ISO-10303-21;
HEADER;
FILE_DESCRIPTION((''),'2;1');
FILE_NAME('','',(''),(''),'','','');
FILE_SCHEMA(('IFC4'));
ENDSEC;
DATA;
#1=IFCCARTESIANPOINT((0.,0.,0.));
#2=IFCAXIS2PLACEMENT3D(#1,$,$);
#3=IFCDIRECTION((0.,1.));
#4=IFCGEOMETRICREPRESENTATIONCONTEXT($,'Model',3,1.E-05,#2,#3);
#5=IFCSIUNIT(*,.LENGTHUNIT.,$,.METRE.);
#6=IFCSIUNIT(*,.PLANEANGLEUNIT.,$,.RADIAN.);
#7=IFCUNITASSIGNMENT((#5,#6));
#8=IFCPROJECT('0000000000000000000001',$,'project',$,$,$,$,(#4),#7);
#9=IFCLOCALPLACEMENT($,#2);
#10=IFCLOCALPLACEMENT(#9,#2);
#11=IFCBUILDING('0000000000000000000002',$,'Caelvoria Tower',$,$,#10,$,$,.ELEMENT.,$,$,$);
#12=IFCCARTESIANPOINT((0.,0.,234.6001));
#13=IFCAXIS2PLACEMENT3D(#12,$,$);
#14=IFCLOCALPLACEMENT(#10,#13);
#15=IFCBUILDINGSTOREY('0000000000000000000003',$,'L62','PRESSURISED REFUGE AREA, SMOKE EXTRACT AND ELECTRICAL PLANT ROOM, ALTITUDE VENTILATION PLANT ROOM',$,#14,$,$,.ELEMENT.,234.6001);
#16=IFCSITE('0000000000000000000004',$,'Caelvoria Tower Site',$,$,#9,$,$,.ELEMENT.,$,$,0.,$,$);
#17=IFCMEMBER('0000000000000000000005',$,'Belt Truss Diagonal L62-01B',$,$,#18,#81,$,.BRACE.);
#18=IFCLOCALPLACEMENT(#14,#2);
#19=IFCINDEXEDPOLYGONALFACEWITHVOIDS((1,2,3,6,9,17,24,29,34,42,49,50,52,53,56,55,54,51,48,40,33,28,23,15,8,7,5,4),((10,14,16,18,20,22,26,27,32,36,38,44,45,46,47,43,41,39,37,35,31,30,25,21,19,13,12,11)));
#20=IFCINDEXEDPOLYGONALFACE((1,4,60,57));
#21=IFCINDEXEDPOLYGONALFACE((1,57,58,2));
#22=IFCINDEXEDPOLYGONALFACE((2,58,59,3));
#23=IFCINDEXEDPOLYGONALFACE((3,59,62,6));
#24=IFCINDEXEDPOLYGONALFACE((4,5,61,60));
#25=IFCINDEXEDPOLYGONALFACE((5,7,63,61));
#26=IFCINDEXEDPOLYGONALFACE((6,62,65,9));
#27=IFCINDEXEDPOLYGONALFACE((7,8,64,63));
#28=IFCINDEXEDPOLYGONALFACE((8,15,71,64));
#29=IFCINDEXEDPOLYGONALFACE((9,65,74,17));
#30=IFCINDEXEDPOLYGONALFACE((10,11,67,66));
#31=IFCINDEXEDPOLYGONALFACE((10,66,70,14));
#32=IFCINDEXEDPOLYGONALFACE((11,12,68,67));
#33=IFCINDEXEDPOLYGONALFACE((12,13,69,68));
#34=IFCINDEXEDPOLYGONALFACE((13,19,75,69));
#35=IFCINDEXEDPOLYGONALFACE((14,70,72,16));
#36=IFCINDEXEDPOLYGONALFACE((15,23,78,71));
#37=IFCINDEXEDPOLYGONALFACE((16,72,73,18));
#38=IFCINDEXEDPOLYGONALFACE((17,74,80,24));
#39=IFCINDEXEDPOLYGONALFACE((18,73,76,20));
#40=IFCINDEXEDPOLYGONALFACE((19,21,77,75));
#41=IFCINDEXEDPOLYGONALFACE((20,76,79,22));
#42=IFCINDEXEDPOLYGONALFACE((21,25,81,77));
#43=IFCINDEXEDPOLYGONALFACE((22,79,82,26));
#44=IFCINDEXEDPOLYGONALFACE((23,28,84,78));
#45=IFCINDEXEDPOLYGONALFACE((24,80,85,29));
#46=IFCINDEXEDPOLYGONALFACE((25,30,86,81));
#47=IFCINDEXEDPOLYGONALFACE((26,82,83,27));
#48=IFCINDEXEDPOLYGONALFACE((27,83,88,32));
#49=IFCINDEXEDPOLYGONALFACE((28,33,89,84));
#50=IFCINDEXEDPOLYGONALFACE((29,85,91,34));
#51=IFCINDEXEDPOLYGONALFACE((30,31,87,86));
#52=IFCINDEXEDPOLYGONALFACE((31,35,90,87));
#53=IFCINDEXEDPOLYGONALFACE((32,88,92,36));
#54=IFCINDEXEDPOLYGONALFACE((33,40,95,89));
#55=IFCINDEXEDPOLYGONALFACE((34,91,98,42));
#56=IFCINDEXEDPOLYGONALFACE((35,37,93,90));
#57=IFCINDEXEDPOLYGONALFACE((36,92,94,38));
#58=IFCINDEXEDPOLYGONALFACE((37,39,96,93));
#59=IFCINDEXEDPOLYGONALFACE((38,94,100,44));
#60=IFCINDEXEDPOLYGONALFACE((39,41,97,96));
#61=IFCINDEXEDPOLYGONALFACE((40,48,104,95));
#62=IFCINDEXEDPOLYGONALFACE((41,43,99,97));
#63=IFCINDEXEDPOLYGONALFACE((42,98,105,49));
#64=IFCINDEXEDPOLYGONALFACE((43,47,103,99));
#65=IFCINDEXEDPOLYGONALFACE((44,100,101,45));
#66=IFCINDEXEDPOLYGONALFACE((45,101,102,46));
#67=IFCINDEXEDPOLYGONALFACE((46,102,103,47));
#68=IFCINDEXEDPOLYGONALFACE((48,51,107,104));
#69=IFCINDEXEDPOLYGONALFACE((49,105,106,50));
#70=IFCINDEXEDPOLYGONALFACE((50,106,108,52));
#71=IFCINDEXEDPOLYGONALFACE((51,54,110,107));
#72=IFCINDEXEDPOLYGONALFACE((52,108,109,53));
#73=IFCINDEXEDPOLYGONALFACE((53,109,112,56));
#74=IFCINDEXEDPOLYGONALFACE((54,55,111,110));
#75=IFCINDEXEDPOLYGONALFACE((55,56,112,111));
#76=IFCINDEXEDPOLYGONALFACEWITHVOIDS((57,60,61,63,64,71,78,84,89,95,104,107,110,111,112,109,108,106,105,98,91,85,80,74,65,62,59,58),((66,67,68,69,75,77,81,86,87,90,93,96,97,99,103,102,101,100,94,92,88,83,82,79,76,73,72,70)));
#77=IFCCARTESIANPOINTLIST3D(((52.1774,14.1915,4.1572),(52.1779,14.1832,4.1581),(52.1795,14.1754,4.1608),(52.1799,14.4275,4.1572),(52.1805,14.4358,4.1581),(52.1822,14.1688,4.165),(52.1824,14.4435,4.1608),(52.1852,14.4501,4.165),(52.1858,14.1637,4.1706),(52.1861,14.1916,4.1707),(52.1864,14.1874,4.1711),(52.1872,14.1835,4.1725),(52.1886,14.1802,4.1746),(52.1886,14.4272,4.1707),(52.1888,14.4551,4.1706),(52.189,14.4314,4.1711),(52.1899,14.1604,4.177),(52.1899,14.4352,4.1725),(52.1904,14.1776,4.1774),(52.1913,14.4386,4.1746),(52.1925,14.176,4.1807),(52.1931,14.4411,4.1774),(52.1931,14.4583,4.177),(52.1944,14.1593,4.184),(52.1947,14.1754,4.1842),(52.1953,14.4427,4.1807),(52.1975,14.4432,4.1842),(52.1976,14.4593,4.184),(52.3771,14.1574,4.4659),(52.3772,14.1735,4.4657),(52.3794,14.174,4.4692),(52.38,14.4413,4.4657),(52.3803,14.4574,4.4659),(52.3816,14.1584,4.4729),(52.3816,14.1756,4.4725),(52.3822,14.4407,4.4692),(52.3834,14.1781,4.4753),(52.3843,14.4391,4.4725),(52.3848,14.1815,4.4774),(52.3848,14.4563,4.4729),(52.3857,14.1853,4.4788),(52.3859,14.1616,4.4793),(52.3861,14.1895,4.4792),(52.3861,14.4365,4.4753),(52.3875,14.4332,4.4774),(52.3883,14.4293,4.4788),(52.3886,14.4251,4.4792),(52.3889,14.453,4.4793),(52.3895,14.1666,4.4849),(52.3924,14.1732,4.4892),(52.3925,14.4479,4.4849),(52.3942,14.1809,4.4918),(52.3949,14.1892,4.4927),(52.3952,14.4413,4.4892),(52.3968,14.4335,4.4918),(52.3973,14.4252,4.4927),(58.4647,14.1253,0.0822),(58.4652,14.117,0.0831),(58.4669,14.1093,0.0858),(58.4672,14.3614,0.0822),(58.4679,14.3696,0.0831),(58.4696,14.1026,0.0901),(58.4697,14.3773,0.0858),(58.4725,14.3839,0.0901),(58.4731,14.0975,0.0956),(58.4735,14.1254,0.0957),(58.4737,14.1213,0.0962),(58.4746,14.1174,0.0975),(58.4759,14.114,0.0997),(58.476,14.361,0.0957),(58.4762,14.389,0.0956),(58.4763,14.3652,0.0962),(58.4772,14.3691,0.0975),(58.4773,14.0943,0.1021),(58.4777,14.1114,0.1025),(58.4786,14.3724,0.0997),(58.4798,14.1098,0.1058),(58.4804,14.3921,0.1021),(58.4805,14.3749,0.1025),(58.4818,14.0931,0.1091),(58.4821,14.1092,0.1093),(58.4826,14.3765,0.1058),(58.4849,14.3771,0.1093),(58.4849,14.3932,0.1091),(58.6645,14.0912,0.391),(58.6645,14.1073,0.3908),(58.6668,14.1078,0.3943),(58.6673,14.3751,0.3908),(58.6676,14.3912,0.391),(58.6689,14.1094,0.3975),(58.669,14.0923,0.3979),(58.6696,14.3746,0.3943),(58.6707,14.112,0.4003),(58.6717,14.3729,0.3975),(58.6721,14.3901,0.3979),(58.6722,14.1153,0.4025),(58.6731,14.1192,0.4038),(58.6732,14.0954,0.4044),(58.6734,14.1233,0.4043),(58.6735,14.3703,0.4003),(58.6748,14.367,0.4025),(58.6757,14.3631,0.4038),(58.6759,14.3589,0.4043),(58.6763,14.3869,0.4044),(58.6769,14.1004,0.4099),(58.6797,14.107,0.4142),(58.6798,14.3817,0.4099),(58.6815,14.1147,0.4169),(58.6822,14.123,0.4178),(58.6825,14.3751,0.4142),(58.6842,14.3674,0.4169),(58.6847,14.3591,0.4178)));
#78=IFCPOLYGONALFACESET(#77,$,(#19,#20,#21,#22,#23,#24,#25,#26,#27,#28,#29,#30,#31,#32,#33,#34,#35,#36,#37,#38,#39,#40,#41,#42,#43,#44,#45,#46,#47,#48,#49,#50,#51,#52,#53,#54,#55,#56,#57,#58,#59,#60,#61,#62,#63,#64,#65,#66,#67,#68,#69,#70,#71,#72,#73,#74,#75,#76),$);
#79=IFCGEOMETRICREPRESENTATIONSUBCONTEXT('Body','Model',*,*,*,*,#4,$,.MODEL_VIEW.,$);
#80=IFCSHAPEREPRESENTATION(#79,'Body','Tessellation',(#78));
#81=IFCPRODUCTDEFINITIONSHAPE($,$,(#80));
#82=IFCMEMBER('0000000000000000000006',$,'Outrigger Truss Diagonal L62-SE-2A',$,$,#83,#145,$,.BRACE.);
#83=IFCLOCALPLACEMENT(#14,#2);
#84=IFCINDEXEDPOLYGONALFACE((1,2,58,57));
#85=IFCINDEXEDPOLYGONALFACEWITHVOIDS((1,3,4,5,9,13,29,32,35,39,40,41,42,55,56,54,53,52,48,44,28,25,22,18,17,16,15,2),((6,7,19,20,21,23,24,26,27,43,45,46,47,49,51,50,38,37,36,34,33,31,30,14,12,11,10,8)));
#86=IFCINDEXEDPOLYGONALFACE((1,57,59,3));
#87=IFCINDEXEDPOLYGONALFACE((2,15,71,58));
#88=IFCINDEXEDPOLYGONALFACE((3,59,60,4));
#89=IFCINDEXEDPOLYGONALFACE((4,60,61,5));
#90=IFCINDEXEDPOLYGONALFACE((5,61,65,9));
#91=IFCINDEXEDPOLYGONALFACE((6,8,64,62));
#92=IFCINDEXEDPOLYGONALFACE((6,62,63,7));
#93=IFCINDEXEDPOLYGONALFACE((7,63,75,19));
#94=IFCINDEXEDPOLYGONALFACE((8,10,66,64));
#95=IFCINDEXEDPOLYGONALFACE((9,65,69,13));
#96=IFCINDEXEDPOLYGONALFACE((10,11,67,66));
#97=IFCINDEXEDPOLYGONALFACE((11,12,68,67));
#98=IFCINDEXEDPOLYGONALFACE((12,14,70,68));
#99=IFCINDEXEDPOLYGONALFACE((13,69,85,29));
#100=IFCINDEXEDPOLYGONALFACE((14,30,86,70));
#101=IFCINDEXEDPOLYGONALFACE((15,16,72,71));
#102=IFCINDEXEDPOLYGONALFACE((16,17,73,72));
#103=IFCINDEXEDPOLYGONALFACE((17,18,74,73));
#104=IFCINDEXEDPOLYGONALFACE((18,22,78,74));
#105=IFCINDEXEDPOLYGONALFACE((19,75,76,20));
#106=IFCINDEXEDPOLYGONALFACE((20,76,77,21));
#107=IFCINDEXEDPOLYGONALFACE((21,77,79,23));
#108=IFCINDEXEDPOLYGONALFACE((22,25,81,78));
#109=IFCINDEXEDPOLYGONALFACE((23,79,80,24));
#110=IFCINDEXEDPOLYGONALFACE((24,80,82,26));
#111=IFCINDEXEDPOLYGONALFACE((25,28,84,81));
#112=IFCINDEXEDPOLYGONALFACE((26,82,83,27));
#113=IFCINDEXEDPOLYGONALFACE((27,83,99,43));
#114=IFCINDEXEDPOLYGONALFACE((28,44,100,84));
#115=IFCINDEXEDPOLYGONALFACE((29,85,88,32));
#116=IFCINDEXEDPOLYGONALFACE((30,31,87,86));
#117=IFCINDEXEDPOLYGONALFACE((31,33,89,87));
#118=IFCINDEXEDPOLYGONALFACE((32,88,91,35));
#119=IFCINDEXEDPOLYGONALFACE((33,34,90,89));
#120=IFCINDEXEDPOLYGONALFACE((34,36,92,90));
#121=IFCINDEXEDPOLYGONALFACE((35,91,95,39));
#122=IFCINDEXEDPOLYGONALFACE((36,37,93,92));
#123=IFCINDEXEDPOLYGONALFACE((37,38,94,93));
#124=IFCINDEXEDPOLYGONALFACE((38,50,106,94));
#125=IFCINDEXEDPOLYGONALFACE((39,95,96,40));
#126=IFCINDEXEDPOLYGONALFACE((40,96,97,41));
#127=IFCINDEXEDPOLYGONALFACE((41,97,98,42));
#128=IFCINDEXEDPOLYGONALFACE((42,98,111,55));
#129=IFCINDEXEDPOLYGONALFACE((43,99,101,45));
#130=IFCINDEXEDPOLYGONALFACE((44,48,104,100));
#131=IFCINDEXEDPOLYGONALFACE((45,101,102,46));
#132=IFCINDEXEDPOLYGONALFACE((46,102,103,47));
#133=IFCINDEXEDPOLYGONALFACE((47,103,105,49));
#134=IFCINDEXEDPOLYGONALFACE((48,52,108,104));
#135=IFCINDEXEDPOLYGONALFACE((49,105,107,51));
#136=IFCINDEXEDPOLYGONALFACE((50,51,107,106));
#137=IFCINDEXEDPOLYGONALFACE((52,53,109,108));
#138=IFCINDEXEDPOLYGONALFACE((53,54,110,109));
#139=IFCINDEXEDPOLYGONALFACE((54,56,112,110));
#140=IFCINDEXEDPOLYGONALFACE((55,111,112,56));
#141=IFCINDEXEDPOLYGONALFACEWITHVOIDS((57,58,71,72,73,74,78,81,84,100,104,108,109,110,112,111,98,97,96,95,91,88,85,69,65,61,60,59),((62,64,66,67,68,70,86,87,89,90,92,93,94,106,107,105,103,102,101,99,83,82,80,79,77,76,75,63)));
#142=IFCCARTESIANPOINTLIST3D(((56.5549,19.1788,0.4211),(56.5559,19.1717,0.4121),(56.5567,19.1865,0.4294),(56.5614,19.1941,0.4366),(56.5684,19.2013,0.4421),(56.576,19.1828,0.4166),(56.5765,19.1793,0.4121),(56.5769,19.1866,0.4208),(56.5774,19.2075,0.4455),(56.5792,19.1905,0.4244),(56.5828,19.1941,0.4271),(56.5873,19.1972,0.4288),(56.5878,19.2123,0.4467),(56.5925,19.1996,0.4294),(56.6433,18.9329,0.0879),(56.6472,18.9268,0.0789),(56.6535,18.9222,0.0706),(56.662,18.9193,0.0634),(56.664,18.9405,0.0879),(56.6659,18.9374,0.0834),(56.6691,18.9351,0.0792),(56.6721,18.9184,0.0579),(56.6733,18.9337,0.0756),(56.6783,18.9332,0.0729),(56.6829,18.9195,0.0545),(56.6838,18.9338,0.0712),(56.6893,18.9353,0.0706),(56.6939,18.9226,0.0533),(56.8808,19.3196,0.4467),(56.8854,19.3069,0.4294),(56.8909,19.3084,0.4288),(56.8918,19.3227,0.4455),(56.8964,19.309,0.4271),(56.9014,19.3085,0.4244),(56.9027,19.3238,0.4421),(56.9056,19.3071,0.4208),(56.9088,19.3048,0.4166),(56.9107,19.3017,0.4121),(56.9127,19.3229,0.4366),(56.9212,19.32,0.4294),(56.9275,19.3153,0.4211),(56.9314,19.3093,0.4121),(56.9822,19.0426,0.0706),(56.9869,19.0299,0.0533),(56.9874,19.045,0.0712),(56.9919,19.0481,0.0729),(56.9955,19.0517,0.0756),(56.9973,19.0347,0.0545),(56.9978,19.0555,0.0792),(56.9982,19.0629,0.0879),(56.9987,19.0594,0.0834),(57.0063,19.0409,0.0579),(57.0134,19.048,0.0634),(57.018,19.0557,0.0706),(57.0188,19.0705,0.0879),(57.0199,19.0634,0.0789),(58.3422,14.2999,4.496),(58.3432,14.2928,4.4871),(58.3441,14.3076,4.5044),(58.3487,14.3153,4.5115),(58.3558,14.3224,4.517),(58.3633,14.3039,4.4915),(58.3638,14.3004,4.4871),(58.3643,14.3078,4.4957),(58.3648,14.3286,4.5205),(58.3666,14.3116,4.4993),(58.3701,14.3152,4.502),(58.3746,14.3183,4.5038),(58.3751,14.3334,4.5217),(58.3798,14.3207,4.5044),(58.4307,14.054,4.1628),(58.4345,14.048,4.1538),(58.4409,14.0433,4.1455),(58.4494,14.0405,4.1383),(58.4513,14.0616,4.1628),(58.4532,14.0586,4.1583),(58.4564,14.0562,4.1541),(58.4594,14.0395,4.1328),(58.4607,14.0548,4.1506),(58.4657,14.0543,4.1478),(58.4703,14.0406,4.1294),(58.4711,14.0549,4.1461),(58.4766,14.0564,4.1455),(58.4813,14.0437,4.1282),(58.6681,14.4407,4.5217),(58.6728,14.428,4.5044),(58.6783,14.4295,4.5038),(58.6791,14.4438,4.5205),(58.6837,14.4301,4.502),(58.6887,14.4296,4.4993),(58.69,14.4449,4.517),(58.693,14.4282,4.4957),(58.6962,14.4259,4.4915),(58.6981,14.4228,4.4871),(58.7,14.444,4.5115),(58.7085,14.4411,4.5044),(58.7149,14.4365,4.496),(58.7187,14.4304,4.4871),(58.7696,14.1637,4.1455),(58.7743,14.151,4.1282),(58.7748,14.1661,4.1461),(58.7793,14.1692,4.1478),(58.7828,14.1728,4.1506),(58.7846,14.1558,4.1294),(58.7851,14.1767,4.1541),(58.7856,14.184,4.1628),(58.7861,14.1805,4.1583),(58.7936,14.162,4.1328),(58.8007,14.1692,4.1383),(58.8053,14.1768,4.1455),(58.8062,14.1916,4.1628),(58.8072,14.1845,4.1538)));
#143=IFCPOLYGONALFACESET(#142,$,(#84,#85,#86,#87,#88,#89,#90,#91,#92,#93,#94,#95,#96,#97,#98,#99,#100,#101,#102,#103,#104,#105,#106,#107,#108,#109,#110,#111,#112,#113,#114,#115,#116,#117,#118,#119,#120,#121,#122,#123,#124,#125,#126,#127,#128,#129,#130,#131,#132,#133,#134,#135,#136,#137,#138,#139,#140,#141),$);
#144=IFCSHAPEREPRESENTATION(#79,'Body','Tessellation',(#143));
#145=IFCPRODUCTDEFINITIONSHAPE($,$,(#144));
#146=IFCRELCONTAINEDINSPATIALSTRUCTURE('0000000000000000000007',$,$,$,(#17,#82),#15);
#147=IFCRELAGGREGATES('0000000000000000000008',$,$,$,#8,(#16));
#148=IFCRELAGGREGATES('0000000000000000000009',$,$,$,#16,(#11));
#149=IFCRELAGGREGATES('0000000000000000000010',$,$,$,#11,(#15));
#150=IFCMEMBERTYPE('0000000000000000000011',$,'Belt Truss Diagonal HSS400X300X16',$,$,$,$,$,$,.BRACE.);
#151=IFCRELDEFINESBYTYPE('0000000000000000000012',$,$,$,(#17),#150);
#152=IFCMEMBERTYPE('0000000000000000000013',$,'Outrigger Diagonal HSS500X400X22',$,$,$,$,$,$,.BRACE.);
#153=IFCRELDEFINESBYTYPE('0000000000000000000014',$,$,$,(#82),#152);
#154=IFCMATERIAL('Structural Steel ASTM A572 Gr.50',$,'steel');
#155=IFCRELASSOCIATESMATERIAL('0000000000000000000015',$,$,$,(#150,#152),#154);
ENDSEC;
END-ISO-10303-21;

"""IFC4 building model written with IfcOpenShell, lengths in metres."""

from ifc_helpers import new_model, si_unit, direction, frame, origin, origin_2d, place, context, subcontext, project, spatial, hollow_rectangle, extrude, material, material_profile, profile_set, type_object, element, save


model = new_model("IFC4")

# Units and contexts
model_context = context("Model", 3, precision=1e-05, world=origin(), true_north=direction((0.0, 1.0)))
body_context = subcontext(model_context, "Body", "Model", "MODEL_VIEW")
ifc_project = project(units=[si_unit("LENGTHUNIT", "METRE"), si_unit("PLANEANGLEUNIT", "RADIAN")], contexts=[model_context])

# Site, building, storey
site_placement = place(None, origin())
site = spatial("IfcSite", under=ifc_project, at=site_placement, Name="Caelvoria Tower Site", CompositionType="ELEMENT", RefElevation=0.0)
building_placement = place(site_placement, origin())
building = spatial("IfcBuilding", under=site, at=building_placement, Name="Caelvoria Tower", CompositionType="ELEMENT")
storey_placement = place(building_placement, frame((0.0, 0.0, 234.6001)))
storey = spatial("IfcBuildingStorey", under=building, at=storey_placement, Name="L62", Description="PRESSURISED REFUGE AREA, SMOKE EXTRACT AND ELECTRICAL PLANT ROOM, ALTITUDE VENTILATION PLANT ROOM", CompositionType="ELEMENT", Elevation=234.6001)

# Members
ifc_material_1 = material(Name="Structural Steel ASTM A572 Gr.50", Category="steel")
ifc_material_profile_1 = material_profile(ifc_material_1, hollow_rectangle(XDim=0.3, YDim=0.3999, WallThickness=0.0161, InnerFilletRadius=0.0161, OuterFilletRadius=0.032, at=origin_2d()), Name="Structural Steel ASTM A572 Gr.50")
ifc_profile_set_1 = profile_set([ifc_material_profile_1], Name="HSS400X300X16 - Structural Steel ASTM A572 Gr.50")
member_type_1 = type_object("IfcMemberType", Name="Belt Truss Diagonal HSS400X300X16", PredefinedType="BRACE", material=ifc_profile_set_1)
for number, where, z_axis, x_axis, name in (
    (1, (52.2874, 14.3083, 4.325), (0.839132, -0.00883, -0.543857), (0.010522, 0.999945, 0.0), "Belt Truss Diagonal L62-01B"),
):
    element("IfcMember", number, at=place(storey_placement, frame(where, z_axis=z_axis, x_axis=x_axis)), inside=storey, type_object=member_type_1, Name=name, PredefinedType="BRACE", context=body_context, shape_type="SweptSolid", body=[
        extrude(hollow_rectangle(XDim=0.3, YDim=0.3999, WallThickness=0.0161, InnerFilletRadius=0.0161, OuterFilletRadius=0.032, at=origin_2d()), origin(), (0.0, 0.0, 1.0), 7.4927),
    ])
ifc_material_profile_2 = material_profile(ifc_material_1, hollow_rectangle(XDim=0.3999, YDim=0.5, WallThickness=0.022, InnerFilletRadius=0.022, OuterFilletRadius=0.0439, at=origin_2d()), Name="Structural Steel ASTM A572 Gr.50")
ifc_profile_set_2 = profile_set([ifc_material_profile_2], Name="HSS500X400X22 - Structural Steel ASTM A572 Gr.50")
member_type_2 = type_object("IfcMemberType", Name="Outrigger Diagonal HSS500X400X22", PredefinedType="BRACE", material=ifc_profile_set_2)
member_1_placement = place(storey_placement, frame((56.7874, 19.1211, 0.25), z_axis=(0.270676, -0.738859, 0.617108), x_axis=(0.938974, 0.343987, 0.0)))
element("IfcMember", 2, at=member_1_placement, inside=storey, type_object=member_type_2, Name="Outrigger Truss Diagonal L62-SE-2A", PredefinedType="BRACE", context=body_context, shape_type="SweptSolid", body=[
    extrude(hollow_rectangle(XDim=0.3999, YDim=0.5, WallThickness=0.022, InnerFilletRadius=0.022, OuterFilletRadius=0.0439, at=origin_2d()), origin(), (0.0, 0.0, 1.0), 6.6033),
])

save(model, "model.ifc")
